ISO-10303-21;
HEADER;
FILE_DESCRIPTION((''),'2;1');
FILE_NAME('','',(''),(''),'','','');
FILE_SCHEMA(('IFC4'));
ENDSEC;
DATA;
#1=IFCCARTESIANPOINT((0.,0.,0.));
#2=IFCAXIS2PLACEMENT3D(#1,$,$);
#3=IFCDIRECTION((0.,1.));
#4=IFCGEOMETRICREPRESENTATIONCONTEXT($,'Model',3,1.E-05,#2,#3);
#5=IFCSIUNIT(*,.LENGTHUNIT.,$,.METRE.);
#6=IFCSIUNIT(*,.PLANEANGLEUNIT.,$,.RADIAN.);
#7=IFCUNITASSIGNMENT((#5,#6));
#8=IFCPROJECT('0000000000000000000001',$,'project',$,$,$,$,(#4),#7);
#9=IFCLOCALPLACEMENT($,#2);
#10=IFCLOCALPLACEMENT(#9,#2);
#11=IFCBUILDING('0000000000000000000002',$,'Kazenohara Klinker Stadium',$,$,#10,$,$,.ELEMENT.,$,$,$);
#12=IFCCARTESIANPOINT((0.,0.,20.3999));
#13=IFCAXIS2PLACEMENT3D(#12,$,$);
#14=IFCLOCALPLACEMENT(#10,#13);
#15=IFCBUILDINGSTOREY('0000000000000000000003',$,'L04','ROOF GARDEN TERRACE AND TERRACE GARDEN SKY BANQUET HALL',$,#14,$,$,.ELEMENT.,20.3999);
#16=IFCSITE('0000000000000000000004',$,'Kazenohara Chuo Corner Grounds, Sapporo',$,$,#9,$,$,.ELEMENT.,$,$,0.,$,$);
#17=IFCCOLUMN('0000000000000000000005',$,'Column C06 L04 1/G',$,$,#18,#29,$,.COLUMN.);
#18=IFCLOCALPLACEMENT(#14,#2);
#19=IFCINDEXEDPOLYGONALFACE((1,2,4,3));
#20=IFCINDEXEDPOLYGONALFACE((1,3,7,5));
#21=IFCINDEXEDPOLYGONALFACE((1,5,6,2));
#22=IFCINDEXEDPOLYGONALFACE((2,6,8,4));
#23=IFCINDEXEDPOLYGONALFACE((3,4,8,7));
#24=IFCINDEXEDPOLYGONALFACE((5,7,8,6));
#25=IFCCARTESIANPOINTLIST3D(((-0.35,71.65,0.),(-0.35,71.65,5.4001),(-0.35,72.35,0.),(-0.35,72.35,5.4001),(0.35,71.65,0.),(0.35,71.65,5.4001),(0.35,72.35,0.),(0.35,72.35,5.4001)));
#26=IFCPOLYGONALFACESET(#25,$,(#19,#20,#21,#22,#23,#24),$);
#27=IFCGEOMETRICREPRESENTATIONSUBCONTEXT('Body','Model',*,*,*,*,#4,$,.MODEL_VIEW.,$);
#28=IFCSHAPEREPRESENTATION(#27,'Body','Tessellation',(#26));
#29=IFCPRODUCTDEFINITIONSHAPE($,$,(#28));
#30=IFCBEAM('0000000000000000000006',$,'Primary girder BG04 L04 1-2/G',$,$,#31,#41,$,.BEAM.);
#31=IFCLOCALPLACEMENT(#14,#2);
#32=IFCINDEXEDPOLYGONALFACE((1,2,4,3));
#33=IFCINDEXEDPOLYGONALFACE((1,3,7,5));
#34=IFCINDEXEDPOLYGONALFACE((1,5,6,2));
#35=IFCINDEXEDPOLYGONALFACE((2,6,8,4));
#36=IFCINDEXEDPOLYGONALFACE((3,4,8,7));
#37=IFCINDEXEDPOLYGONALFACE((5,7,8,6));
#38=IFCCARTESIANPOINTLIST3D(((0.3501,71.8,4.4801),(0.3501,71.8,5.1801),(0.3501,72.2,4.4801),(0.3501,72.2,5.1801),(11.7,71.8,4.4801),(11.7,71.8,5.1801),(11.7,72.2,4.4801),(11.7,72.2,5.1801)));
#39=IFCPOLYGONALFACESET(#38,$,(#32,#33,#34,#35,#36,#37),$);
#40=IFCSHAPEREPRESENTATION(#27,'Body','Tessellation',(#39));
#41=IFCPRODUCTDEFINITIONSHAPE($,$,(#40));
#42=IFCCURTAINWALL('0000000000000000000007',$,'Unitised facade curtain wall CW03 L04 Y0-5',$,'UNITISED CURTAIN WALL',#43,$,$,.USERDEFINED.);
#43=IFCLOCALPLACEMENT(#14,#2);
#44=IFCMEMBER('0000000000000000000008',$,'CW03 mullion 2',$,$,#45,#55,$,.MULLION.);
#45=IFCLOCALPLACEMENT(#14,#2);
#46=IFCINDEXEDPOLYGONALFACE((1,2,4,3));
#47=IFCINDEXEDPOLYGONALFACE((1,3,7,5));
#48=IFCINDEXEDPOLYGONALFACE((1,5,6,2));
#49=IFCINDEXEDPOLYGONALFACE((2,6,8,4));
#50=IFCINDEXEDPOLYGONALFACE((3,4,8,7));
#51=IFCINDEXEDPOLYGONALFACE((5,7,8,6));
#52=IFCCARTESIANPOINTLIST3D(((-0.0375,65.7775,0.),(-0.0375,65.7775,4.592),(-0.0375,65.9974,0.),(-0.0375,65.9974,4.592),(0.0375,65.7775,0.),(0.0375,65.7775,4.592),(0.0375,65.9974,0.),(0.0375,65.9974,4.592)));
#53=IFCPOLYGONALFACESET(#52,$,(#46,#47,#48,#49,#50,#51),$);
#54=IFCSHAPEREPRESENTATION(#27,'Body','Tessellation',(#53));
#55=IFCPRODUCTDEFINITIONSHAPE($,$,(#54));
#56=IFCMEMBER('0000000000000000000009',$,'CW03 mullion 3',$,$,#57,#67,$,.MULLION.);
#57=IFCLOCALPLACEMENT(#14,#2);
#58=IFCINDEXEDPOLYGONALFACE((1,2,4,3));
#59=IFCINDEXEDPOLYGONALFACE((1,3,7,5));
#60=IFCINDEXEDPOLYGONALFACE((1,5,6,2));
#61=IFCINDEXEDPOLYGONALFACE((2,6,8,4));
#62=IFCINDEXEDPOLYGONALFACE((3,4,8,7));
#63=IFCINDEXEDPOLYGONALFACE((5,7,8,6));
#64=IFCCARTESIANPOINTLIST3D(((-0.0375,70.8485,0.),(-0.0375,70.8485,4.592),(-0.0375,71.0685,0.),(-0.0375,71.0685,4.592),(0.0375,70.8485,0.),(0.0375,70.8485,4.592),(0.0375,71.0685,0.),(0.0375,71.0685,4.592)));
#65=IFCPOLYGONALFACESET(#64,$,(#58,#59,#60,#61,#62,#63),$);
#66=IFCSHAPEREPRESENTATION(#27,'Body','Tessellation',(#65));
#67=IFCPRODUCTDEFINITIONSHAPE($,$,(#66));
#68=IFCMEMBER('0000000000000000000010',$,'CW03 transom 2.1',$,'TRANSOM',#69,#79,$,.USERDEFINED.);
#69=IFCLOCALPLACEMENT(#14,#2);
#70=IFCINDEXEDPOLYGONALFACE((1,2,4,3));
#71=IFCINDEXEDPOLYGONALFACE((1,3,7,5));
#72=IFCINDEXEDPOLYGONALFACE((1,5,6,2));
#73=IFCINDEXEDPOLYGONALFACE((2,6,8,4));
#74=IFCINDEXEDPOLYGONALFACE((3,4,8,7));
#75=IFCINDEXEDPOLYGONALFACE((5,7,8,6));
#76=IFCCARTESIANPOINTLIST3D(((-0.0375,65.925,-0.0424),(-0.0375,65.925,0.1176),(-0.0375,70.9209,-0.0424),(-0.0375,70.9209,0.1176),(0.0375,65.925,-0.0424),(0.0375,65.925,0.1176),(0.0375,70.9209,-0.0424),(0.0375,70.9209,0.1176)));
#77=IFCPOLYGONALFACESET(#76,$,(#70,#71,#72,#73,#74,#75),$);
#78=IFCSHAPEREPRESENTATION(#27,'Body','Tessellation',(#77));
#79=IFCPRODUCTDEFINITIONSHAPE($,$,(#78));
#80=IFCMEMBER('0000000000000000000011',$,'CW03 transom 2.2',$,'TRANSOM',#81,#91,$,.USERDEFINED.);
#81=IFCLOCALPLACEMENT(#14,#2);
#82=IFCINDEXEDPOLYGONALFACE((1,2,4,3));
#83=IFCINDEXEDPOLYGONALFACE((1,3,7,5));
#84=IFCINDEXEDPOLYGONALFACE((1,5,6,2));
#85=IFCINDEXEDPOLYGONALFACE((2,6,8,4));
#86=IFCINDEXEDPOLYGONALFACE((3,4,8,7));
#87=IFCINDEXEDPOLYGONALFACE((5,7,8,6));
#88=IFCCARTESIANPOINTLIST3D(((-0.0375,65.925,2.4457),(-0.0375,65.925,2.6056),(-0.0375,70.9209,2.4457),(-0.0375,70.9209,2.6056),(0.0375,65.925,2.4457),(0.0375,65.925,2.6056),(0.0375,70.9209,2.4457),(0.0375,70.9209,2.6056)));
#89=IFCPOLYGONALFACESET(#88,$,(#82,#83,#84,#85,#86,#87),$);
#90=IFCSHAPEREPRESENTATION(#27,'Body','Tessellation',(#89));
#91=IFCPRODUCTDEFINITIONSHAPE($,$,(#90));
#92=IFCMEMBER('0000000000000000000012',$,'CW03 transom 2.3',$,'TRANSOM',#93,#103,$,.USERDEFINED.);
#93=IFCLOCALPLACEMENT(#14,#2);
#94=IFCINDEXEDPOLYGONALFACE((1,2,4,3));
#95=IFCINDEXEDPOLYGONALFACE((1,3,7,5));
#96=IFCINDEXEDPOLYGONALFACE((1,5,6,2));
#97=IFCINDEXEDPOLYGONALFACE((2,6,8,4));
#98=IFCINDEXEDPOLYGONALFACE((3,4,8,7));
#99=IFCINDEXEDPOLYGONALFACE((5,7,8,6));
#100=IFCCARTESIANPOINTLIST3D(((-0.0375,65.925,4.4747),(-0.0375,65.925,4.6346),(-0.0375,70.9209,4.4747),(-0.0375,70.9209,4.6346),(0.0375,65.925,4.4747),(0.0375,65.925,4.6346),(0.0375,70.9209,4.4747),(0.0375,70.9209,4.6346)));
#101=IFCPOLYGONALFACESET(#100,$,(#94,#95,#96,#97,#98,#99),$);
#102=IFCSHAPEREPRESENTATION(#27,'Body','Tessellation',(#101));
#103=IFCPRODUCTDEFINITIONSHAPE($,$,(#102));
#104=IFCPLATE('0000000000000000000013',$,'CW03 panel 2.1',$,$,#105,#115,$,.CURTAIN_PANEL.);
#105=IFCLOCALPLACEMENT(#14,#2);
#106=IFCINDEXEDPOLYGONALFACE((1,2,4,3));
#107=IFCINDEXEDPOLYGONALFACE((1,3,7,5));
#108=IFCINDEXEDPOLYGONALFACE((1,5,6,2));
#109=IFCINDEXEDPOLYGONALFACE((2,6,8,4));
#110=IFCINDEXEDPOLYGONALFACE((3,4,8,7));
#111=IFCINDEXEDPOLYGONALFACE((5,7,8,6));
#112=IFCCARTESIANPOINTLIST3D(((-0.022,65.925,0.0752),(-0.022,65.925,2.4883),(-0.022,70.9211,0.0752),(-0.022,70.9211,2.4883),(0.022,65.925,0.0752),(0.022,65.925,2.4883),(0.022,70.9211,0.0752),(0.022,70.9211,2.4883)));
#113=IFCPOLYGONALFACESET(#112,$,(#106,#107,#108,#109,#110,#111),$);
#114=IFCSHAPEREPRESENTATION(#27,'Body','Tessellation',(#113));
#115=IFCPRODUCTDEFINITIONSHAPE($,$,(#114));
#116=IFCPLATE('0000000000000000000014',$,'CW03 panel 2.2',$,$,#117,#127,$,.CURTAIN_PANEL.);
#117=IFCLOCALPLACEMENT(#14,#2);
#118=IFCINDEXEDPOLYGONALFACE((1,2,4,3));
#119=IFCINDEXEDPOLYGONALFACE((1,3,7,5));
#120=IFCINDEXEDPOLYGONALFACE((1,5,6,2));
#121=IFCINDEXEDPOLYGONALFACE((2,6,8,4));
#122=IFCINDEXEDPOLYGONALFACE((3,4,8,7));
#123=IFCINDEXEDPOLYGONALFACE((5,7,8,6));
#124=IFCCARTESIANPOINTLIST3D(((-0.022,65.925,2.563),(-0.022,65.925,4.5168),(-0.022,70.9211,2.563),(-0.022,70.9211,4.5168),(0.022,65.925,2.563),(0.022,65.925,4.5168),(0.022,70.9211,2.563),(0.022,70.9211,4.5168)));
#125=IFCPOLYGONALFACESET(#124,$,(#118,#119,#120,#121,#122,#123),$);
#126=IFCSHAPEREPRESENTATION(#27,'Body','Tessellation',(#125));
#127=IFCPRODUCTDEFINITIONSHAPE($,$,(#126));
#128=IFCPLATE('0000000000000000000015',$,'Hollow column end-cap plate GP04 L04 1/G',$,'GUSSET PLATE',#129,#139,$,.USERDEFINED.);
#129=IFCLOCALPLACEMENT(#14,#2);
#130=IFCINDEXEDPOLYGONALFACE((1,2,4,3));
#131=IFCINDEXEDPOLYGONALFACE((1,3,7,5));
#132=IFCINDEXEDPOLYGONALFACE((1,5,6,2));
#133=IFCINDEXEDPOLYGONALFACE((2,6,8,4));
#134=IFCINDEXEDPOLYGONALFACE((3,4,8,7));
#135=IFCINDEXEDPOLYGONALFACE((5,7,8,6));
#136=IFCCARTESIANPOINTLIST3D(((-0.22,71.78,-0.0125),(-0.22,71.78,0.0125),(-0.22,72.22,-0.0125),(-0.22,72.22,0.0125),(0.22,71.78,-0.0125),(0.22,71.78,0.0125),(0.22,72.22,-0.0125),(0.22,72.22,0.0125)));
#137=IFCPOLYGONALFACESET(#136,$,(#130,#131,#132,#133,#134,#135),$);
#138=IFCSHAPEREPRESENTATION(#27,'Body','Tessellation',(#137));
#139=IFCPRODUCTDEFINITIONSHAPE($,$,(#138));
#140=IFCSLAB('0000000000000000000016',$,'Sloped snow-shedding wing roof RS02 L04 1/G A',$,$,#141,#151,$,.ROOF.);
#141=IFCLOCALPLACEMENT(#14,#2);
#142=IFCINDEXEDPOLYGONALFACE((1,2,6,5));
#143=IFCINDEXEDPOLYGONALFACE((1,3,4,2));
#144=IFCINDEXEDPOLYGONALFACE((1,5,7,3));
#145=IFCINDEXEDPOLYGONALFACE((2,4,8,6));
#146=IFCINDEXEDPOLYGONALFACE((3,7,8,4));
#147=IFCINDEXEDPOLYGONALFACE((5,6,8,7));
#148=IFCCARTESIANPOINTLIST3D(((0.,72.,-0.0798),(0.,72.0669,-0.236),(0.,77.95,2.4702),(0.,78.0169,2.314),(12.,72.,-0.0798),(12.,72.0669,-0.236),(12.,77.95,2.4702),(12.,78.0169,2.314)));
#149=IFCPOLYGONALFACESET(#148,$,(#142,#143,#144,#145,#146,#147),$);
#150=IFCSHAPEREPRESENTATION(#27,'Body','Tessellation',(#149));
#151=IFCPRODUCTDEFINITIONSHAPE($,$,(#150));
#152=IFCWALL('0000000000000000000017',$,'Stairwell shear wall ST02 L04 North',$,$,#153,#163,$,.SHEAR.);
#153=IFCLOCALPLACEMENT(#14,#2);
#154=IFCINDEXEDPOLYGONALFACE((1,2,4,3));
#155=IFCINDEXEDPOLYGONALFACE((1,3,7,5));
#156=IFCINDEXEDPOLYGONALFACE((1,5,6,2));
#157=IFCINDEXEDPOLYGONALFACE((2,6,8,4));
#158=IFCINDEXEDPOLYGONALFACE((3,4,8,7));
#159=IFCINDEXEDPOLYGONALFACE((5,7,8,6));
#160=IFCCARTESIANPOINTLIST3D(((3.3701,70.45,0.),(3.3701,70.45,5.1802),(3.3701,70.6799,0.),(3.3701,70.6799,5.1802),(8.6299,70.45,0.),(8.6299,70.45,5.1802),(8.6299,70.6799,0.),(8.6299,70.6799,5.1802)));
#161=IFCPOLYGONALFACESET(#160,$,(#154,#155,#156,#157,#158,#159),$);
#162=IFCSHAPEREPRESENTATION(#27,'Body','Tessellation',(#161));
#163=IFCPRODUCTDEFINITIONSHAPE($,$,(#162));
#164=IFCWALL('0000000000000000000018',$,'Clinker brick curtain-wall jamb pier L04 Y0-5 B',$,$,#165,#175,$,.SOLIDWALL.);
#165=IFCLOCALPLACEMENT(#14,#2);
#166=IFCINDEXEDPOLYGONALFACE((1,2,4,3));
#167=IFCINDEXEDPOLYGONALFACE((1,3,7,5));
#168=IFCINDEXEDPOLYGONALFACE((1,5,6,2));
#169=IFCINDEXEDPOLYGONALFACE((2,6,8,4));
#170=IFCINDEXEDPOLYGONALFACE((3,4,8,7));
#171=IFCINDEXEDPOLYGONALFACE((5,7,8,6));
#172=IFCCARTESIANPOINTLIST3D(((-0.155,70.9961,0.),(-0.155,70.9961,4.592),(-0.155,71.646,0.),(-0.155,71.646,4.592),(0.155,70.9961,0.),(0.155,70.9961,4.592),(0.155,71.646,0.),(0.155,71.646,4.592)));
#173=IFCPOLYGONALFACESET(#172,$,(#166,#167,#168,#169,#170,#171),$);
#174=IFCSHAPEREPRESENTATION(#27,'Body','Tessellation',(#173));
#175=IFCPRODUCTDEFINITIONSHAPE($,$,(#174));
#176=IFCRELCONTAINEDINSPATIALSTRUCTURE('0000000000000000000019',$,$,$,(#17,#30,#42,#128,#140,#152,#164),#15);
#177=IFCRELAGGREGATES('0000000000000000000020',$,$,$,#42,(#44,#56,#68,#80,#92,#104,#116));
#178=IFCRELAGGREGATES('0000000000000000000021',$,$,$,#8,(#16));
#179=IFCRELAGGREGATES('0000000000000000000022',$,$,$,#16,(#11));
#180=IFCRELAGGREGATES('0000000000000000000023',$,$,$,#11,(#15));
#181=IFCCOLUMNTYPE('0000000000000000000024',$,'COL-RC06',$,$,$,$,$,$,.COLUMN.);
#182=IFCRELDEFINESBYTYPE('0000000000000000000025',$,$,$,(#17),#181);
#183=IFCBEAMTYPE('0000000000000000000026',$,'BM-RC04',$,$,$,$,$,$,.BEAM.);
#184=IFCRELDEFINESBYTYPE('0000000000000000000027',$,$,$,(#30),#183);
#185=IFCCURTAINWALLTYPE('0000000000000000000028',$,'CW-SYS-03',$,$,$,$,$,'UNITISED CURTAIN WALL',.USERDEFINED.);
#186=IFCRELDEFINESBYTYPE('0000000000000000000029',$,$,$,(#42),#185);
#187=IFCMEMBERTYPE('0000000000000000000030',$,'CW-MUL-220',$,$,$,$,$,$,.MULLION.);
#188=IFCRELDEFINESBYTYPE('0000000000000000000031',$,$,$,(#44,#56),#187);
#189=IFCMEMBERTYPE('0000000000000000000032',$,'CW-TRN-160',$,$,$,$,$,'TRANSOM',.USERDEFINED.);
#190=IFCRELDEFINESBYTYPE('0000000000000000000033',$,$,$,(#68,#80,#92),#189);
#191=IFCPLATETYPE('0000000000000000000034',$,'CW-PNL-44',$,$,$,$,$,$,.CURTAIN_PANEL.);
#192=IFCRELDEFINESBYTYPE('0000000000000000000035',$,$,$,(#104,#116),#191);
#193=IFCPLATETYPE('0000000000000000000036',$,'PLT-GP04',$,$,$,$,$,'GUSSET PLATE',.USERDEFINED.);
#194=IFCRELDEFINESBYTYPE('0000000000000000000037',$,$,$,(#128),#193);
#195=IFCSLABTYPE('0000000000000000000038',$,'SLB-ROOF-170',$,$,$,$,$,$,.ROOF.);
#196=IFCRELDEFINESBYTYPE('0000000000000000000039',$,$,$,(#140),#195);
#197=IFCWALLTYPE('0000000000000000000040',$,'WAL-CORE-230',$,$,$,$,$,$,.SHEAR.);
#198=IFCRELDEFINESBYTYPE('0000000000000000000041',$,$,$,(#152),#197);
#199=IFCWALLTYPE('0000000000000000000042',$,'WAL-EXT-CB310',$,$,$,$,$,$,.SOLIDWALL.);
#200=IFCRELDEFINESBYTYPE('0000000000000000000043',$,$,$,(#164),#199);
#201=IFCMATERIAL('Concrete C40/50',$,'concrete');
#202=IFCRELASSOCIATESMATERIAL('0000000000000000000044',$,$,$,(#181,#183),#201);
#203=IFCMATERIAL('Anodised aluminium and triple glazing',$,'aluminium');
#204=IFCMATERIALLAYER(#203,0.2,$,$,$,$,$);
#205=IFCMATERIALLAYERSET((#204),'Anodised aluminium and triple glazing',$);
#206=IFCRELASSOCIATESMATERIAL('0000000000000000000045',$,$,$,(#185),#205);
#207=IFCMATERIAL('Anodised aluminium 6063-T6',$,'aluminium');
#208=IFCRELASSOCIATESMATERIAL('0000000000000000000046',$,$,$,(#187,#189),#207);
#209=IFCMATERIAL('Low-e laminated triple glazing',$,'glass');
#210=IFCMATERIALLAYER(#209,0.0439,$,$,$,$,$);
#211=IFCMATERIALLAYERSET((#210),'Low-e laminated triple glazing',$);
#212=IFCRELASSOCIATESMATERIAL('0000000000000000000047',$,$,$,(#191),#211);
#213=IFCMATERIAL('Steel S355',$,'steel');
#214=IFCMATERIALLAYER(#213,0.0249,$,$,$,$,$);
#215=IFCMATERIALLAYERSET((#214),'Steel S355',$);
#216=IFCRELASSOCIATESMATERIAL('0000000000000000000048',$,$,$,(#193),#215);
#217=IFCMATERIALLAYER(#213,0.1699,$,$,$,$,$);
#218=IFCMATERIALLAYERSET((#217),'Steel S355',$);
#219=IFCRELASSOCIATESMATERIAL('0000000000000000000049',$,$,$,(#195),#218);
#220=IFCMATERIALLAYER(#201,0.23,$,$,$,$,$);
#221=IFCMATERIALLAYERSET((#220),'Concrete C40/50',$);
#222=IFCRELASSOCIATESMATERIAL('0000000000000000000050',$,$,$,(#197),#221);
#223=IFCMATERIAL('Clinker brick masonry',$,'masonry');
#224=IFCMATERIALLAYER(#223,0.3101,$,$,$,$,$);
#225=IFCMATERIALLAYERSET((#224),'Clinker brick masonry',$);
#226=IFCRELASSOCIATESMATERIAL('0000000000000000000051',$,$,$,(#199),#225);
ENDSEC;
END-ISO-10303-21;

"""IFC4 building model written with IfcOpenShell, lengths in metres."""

from ifc_helpers import new_model, si_unit, direction, frame, frame_2d, origin, origin_2d, place, context, subcontext, project, spatial, polyline, rectangle, outline, extrude, material, layer, layer_set, material_profile, profile_set, type_object, element, aggregate, save


model = new_model("IFC4")

# Units and contexts
model_context = context("Model", 3, precision=1e-05, world=origin(), true_north=direction((0.0, 1.0)))
body_context = subcontext(model_context, "Body", "Model", "MODEL_VIEW")
ifc_project = project(units=[si_unit("LENGTHUNIT", "METRE"), si_unit("PLANEANGLEUNIT", "RADIAN")], contexts=[model_context])

# Site, building, storey
site_placement = place(None, origin())
site = spatial("IfcSite", under=ifc_project, at=site_placement, Name="Kazenohara Chuo Corner Grounds, Sapporo", CompositionType="ELEMENT", RefElevation=0.0)
building_placement = place(site_placement, origin())
building = spatial("IfcBuilding", under=site, at=building_placement, Name="Kazenohara Klinker Stadium", CompositionType="ELEMENT")
storey_placement = place(building_placement, frame((0.0, 0.0, 20.3999)))
storey = spatial("IfcBuildingStorey", under=building, at=storey_placement, Name="L04", Description="ROOF GARDEN TERRACE AND TERRACE GARDEN SKY BANQUET HALL", CompositionType="ELEMENT", Elevation=20.3999)

# Column
ifc_material_1 = material(Name="Concrete C40/50", Category="concrete")
ifc_material_profile_1 = material_profile(ifc_material_1, rectangle(XDim=0.7, YDim=0.7, at=origin_2d()), Name="RC-COL-700x700")
ifc_profile_set_1 = profile_set([ifc_material_profile_1], Name="Concrete C40/50")
column_type = type_object("IfcColumnType", Name="COL-RC06", PredefinedType="COLUMN", material=ifc_profile_set_1)
column_placement = place(storey_placement, frame((0.0, 72.0, 0.0), z_axis=(0.0, 0.0, 1.0), x_axis=(1.0, 0.0, 0.0)))
element("IfcColumn", 1, at=column_placement, inside=storey, type_object=column_type, Name="Column C06 L04 1/G", PredefinedType="COLUMN", context=body_context, shape_type="SweptSolid", body=[
    extrude(rectangle(XDim=0.7, YDim=0.7, at=origin_2d()), origin(), (0.0, 0.0, 1.0), 5.4001),
])

# Beam
ifc_material_profile_2 = material_profile(ifc_material_1, rectangle(XDim=0.3999, YDim=0.7, at=origin_2d()), Name="RC-BM-400x700")
ifc_profile_set_2 = profile_set([ifc_material_profile_2], Name="Concrete C40/50")
beam_type = type_object("IfcBeamType", Name="BM-RC04", PredefinedType="BEAM", material=ifc_profile_set_2)
beam_placement = place(storey_placement, frame((0.3501, 72.0, 4.8301), z_axis=(1.0, 0.0, 0.0), x_axis=(0.0, 1.0, 0.0)))
element("IfcBeam", 2, at=beam_placement, inside=storey, type_object=beam_type, Name="Primary girder BG04 L04 1-2/G", PredefinedType="BEAM", context=body_context, shape_type="SweptSolid", body=[
    extrude(rectangle(XDim=0.3999, YDim=0.7, at=origin_2d()), origin(), (0.0, 0.0, 1.0), 11.3499),
])

# Curtain wall, members, plates
ifc_material_2 = material(Name="Anodised aluminium and triple glazing", Category="aluminium")
ifc_layer_1 = layer(ifc_material_2, 0.2)
ifc_layer_set_1 = layer_set([ifc_layer_1], Name="Anodised aluminium and triple glazing")
curtain_wall_type = type_object("IfcCurtainWallType", Name="CW-SYS-03", ElementType="UNITISED CURTAIN WALL", PredefinedType="USERDEFINED", material=ifc_layer_set_1)
curtain_wall_placement = place(storey_placement, origin())
curtain_wall = element("IfcCurtainWall", 3, at=curtain_wall_placement, inside=storey, type_object=curtain_wall_type, Name="Unitised facade curtain wall CW03 L04 Y0-5", ObjectType="UNITISED CURTAIN WALL", PredefinedType="USERDEFINED")
ifc_material_3 = material(Name="Anodised aluminium 6063-T6", Category="aluminium")
ifc_material_profile_3 = material_profile(ifc_material_3, rectangle(XDim=0.075, YDim=0.22, at=origin_2d()), Name="ALU-MUL-75x220")
ifc_profile_set_3 = profile_set([ifc_material_profile_3], Name="Anodised aluminium 6063-T6")
member_type_1 = type_object("IfcMemberType", Name="CW-MUL-220", PredefinedType="MULLION", material=ifc_profile_set_3)
member_1_placement = place(storey_placement, frame((0.0, 65.8875, 0.0), z_axis=(0.0, 0.0, 1.0), x_axis=(-1.0, 0.0, 0.0)))
member_1 = element("IfcMember", 4, at=member_1_placement, type_object=member_type_1, Name="CW03 mullion 2", PredefinedType="MULLION", context=body_context, shape_type="SweptSolid", body=[
    extrude(rectangle(XDim=0.075, YDim=0.22, at=origin_2d()), origin(), (0.0, 0.0, 1.0), 4.592),
])
member_2_placement = place(storey_placement, frame((0.0, 70.9585, 0.0), z_axis=(0.0, 0.0, 1.0), x_axis=(-1.0, 0.0, 0.0)))
member_2 = element("IfcMember", 5, at=member_2_placement, type_object=member_type_1, Name="CW03 mullion 3", PredefinedType="MULLION", context=body_context, shape_type="SweptSolid", body=[
    extrude(rectangle(XDim=0.075, YDim=0.22, at=origin_2d()), origin(), (0.0, 0.0, 1.0), 4.592),
])
ifc_material_profile_4 = material_profile(ifc_material_3, rectangle(XDim=0.075, YDim=0.1599, at=origin_2d()), Name="ALU-TRN-75x160")
ifc_profile_set_4 = profile_set([ifc_material_profile_4], Name="Anodised aluminium 6063-T6")
member_type_2 = type_object("IfcMemberType", Name="CW-TRN-160", ElementType="TRANSOM", PredefinedType="USERDEFINED", material=ifc_profile_set_4)
member_3_placement = place(storey_placement, frame((0.0, 65.925, 0.0376), z_axis=(0.0, 1.0, 0.0), x_axis=(-1.0, 0.0, 0.0)))
member_3 = element("IfcMember", 6, at=member_3_placement, type_object=member_type_2, Name="CW03 transom 2.1", ObjectType="TRANSOM", PredefinedType="USERDEFINED", context=body_context, shape_type="SweptSolid", body=[
    extrude(rectangle(XDim=0.075, YDim=0.1599, at=origin_2d()), origin(), (0.0, 0.0, 1.0), 4.9958),
])
member_4_placement = place(storey_placement, frame((0.0, 65.925, 2.5256), z_axis=(0.0, 1.0, 0.0), x_axis=(-1.0, 0.0, 0.0)))
member_4 = element("IfcMember", 7, at=member_4_placement, type_object=member_type_2, Name="CW03 transom 2.2", ObjectType="TRANSOM", PredefinedType="USERDEFINED", context=body_context, shape_type="SweptSolid", body=[
    extrude(rectangle(XDim=0.075, YDim=0.1599, at=origin_2d()), origin(), (0.0, 0.0, 1.0), 4.9958),
])
member_5_placement = place(storey_placement, frame((0.0, 65.925, 4.5547), z_axis=(0.0, 1.0, 0.0), x_axis=(-1.0, 0.0, 0.0)))
member_5 = element("IfcMember", 8, at=member_5_placement, type_object=member_type_2, Name="CW03 transom 2.3", ObjectType="TRANSOM", PredefinedType="USERDEFINED", context=body_context, shape_type="SweptSolid", body=[
    extrude(rectangle(XDim=0.075, YDim=0.1599, at=origin_2d()), origin(), (0.0, 0.0, 1.0), 4.9958),
])
ifc_material_4 = material(Name="Low-e laminated triple glazing", Category="glass")
ifc_layer_2 = layer(ifc_material_4, 0.0439)
ifc_layer_set_2 = layer_set([ifc_layer_2], Name="Low-e laminated triple glazing")
plate_type_1 = type_object("IfcPlateType", Name="CW-PNL-44", PredefinedType="CURTAIN_PANEL", material=ifc_layer_set_2)
plate_1_placement = place(storey_placement, frame((0.0, 68.4231, 0.0752), z_axis=(0.0, 0.0, 1.0), x_axis=(0.0, 1.0, 0.0)))
plate_1 = element("IfcPlate", 9, at=plate_1_placement, type_object=plate_type_1, Name="CW03 panel 2.1", PredefinedType="CURTAIN_PANEL", context=body_context, shape_type="SweptSolid", body=[
    extrude(rectangle(XDim=4.9961, YDim=0.0439, at=origin_2d()), origin(), (0.0, 0.0, 1.0), 2.4131),
])
plate_2_placement = place(storey_placement, frame((0.0, 68.4231, 2.563), z_axis=(0.0, 0.0, 1.0), x_axis=(0.0, 1.0, 0.0)))
plate_2 = element("IfcPlate", 10, at=plate_2_placement, type_object=plate_type_1, Name="CW03 panel 2.2", PredefinedType="CURTAIN_PANEL", context=body_context, shape_type="SweptSolid", body=[
    extrude(rectangle(XDim=4.9961, YDim=0.0439, at=origin_2d()), origin(), (0.0, 0.0, 1.0), 1.9539),
])
aggregate(curtain_wall, [member_1, member_2, member_3, member_4, member_5, plate_1, plate_2])

# Plate
ifc_material_5 = material(Name="Steel S355", Category="steel")
ifc_layer_3 = layer(ifc_material_5, 0.0249)
ifc_layer_set_3 = layer_set([ifc_layer_3], Name="Steel S355")
plate_type_2 = type_object("IfcPlateType", Name="PLT-GP04", ElementType="GUSSET PLATE", PredefinedType="USERDEFINED", material=ifc_layer_set_3)
plate_3_placement = place(storey_placement, frame((0.0, 72.0, -0.0125), z_axis=(0.0, 0.0, 1.0), x_axis=(1.0, 0.0, 0.0)))
element("IfcPlate", 11, at=plate_3_placement, inside=storey, type_object=plate_type_2, Name="Hollow column end-cap plate GP04 L04 1/G", ObjectType="GUSSET PLATE", PredefinedType="USERDEFINED", context=body_context, shape_type="SweptSolid", body=[
    extrude(rectangle(XDim=0.4399, YDim=0.4399, at=origin_2d()), origin(), (0.0, 0.0, 1.0), 0.0249),
])

# Slab
ifc_layer_4 = layer(ifc_material_5, 0.1699)
ifc_layer_set_4 = layer_set([ifc_layer_4], Name="Steel S355")
slab_type = type_object("IfcSlabType", Name="SLB-ROOF-170", PredefinedType="ROOF", material=ifc_layer_set_4)
slab_placement = place(storey_placement, frame((0.0, 72.0, -0.0798), z_axis=(0.0, -0.393928, 0.919141), x_axis=(1.0, 0.0, 0.0)))
element("IfcSlab", 12, at=slab_placement, inside=storey, type_object=slab_type, Name="Sloped snow-shedding wing roof RS02 L04 1/G A", PredefinedType="ROOF", context=body_context, shape_type="SweptSolid", body=[
    extrude(outline(polyline([(0.0, 0.0), (12.0, 0.0), (12.0, 6.4734), (0.0, 6.4734), (0.0, 0.0)])), origin(), (0.0, 0.0, -1.0), 0.1699),
])

# Walls
ifc_layer_5 = layer(ifc_material_1, 0.23)
ifc_layer_set_5 = layer_set([ifc_layer_5], Name="Concrete C40/50")
wall_type_1 = type_object("IfcWallType", Name="WAL-CORE-230", PredefinedType="SHEAR", material=ifc_layer_set_5)
wall_1_placement = place(storey_placement, frame((3.3701, 70.5649, 0.0), z_axis=(0.0, 0.0, 1.0), x_axis=(1.0, 0.0, 0.0)))
element("IfcWall", 13, at=wall_1_placement, inside=storey, type_object=wall_type_1, Name="Stairwell shear wall ST02 L04 North", PredefinedType="SHEAR", context=body_context, shape_type="SweptSolid", body=[
    extrude(rectangle(XDim=5.2598, YDim=0.23, at=frame_2d((2.6299, 0.0))), origin(), (0.0, 0.0, 1.0), 5.1802),
])
ifc_material_6 = material(Name="Clinker brick masonry", Category="masonry")
ifc_layer_6 = layer(ifc_material_6, 0.3101)
ifc_layer_set_6 = layer_set([ifc_layer_6], Name="Clinker brick masonry")
wall_type_2 = type_object("IfcWallType", Name="WAL-EXT-CB310", PredefinedType="SOLIDWALL", material=ifc_layer_set_6)
wall_2_placement = place(storey_placement, frame((0.0, 70.9961, 0.0), z_axis=(0.0, 0.0, 1.0), x_axis=(0.0, 1.0, 0.0)))
element("IfcWall", 14, at=wall_2_placement, inside=storey, type_object=wall_type_2, Name="Clinker brick curtain-wall jamb pier L04 Y0-5 B", PredefinedType="SOLIDWALL", context=body_context, shape_type="SweptSolid", body=[
    extrude(rectangle(XDim=0.6499, YDim=0.3101, at=frame_2d((0.325, 0.0))), origin(), (0.0, 0.0, 1.0), 4.592),
])

save(model, "model.ifc")
